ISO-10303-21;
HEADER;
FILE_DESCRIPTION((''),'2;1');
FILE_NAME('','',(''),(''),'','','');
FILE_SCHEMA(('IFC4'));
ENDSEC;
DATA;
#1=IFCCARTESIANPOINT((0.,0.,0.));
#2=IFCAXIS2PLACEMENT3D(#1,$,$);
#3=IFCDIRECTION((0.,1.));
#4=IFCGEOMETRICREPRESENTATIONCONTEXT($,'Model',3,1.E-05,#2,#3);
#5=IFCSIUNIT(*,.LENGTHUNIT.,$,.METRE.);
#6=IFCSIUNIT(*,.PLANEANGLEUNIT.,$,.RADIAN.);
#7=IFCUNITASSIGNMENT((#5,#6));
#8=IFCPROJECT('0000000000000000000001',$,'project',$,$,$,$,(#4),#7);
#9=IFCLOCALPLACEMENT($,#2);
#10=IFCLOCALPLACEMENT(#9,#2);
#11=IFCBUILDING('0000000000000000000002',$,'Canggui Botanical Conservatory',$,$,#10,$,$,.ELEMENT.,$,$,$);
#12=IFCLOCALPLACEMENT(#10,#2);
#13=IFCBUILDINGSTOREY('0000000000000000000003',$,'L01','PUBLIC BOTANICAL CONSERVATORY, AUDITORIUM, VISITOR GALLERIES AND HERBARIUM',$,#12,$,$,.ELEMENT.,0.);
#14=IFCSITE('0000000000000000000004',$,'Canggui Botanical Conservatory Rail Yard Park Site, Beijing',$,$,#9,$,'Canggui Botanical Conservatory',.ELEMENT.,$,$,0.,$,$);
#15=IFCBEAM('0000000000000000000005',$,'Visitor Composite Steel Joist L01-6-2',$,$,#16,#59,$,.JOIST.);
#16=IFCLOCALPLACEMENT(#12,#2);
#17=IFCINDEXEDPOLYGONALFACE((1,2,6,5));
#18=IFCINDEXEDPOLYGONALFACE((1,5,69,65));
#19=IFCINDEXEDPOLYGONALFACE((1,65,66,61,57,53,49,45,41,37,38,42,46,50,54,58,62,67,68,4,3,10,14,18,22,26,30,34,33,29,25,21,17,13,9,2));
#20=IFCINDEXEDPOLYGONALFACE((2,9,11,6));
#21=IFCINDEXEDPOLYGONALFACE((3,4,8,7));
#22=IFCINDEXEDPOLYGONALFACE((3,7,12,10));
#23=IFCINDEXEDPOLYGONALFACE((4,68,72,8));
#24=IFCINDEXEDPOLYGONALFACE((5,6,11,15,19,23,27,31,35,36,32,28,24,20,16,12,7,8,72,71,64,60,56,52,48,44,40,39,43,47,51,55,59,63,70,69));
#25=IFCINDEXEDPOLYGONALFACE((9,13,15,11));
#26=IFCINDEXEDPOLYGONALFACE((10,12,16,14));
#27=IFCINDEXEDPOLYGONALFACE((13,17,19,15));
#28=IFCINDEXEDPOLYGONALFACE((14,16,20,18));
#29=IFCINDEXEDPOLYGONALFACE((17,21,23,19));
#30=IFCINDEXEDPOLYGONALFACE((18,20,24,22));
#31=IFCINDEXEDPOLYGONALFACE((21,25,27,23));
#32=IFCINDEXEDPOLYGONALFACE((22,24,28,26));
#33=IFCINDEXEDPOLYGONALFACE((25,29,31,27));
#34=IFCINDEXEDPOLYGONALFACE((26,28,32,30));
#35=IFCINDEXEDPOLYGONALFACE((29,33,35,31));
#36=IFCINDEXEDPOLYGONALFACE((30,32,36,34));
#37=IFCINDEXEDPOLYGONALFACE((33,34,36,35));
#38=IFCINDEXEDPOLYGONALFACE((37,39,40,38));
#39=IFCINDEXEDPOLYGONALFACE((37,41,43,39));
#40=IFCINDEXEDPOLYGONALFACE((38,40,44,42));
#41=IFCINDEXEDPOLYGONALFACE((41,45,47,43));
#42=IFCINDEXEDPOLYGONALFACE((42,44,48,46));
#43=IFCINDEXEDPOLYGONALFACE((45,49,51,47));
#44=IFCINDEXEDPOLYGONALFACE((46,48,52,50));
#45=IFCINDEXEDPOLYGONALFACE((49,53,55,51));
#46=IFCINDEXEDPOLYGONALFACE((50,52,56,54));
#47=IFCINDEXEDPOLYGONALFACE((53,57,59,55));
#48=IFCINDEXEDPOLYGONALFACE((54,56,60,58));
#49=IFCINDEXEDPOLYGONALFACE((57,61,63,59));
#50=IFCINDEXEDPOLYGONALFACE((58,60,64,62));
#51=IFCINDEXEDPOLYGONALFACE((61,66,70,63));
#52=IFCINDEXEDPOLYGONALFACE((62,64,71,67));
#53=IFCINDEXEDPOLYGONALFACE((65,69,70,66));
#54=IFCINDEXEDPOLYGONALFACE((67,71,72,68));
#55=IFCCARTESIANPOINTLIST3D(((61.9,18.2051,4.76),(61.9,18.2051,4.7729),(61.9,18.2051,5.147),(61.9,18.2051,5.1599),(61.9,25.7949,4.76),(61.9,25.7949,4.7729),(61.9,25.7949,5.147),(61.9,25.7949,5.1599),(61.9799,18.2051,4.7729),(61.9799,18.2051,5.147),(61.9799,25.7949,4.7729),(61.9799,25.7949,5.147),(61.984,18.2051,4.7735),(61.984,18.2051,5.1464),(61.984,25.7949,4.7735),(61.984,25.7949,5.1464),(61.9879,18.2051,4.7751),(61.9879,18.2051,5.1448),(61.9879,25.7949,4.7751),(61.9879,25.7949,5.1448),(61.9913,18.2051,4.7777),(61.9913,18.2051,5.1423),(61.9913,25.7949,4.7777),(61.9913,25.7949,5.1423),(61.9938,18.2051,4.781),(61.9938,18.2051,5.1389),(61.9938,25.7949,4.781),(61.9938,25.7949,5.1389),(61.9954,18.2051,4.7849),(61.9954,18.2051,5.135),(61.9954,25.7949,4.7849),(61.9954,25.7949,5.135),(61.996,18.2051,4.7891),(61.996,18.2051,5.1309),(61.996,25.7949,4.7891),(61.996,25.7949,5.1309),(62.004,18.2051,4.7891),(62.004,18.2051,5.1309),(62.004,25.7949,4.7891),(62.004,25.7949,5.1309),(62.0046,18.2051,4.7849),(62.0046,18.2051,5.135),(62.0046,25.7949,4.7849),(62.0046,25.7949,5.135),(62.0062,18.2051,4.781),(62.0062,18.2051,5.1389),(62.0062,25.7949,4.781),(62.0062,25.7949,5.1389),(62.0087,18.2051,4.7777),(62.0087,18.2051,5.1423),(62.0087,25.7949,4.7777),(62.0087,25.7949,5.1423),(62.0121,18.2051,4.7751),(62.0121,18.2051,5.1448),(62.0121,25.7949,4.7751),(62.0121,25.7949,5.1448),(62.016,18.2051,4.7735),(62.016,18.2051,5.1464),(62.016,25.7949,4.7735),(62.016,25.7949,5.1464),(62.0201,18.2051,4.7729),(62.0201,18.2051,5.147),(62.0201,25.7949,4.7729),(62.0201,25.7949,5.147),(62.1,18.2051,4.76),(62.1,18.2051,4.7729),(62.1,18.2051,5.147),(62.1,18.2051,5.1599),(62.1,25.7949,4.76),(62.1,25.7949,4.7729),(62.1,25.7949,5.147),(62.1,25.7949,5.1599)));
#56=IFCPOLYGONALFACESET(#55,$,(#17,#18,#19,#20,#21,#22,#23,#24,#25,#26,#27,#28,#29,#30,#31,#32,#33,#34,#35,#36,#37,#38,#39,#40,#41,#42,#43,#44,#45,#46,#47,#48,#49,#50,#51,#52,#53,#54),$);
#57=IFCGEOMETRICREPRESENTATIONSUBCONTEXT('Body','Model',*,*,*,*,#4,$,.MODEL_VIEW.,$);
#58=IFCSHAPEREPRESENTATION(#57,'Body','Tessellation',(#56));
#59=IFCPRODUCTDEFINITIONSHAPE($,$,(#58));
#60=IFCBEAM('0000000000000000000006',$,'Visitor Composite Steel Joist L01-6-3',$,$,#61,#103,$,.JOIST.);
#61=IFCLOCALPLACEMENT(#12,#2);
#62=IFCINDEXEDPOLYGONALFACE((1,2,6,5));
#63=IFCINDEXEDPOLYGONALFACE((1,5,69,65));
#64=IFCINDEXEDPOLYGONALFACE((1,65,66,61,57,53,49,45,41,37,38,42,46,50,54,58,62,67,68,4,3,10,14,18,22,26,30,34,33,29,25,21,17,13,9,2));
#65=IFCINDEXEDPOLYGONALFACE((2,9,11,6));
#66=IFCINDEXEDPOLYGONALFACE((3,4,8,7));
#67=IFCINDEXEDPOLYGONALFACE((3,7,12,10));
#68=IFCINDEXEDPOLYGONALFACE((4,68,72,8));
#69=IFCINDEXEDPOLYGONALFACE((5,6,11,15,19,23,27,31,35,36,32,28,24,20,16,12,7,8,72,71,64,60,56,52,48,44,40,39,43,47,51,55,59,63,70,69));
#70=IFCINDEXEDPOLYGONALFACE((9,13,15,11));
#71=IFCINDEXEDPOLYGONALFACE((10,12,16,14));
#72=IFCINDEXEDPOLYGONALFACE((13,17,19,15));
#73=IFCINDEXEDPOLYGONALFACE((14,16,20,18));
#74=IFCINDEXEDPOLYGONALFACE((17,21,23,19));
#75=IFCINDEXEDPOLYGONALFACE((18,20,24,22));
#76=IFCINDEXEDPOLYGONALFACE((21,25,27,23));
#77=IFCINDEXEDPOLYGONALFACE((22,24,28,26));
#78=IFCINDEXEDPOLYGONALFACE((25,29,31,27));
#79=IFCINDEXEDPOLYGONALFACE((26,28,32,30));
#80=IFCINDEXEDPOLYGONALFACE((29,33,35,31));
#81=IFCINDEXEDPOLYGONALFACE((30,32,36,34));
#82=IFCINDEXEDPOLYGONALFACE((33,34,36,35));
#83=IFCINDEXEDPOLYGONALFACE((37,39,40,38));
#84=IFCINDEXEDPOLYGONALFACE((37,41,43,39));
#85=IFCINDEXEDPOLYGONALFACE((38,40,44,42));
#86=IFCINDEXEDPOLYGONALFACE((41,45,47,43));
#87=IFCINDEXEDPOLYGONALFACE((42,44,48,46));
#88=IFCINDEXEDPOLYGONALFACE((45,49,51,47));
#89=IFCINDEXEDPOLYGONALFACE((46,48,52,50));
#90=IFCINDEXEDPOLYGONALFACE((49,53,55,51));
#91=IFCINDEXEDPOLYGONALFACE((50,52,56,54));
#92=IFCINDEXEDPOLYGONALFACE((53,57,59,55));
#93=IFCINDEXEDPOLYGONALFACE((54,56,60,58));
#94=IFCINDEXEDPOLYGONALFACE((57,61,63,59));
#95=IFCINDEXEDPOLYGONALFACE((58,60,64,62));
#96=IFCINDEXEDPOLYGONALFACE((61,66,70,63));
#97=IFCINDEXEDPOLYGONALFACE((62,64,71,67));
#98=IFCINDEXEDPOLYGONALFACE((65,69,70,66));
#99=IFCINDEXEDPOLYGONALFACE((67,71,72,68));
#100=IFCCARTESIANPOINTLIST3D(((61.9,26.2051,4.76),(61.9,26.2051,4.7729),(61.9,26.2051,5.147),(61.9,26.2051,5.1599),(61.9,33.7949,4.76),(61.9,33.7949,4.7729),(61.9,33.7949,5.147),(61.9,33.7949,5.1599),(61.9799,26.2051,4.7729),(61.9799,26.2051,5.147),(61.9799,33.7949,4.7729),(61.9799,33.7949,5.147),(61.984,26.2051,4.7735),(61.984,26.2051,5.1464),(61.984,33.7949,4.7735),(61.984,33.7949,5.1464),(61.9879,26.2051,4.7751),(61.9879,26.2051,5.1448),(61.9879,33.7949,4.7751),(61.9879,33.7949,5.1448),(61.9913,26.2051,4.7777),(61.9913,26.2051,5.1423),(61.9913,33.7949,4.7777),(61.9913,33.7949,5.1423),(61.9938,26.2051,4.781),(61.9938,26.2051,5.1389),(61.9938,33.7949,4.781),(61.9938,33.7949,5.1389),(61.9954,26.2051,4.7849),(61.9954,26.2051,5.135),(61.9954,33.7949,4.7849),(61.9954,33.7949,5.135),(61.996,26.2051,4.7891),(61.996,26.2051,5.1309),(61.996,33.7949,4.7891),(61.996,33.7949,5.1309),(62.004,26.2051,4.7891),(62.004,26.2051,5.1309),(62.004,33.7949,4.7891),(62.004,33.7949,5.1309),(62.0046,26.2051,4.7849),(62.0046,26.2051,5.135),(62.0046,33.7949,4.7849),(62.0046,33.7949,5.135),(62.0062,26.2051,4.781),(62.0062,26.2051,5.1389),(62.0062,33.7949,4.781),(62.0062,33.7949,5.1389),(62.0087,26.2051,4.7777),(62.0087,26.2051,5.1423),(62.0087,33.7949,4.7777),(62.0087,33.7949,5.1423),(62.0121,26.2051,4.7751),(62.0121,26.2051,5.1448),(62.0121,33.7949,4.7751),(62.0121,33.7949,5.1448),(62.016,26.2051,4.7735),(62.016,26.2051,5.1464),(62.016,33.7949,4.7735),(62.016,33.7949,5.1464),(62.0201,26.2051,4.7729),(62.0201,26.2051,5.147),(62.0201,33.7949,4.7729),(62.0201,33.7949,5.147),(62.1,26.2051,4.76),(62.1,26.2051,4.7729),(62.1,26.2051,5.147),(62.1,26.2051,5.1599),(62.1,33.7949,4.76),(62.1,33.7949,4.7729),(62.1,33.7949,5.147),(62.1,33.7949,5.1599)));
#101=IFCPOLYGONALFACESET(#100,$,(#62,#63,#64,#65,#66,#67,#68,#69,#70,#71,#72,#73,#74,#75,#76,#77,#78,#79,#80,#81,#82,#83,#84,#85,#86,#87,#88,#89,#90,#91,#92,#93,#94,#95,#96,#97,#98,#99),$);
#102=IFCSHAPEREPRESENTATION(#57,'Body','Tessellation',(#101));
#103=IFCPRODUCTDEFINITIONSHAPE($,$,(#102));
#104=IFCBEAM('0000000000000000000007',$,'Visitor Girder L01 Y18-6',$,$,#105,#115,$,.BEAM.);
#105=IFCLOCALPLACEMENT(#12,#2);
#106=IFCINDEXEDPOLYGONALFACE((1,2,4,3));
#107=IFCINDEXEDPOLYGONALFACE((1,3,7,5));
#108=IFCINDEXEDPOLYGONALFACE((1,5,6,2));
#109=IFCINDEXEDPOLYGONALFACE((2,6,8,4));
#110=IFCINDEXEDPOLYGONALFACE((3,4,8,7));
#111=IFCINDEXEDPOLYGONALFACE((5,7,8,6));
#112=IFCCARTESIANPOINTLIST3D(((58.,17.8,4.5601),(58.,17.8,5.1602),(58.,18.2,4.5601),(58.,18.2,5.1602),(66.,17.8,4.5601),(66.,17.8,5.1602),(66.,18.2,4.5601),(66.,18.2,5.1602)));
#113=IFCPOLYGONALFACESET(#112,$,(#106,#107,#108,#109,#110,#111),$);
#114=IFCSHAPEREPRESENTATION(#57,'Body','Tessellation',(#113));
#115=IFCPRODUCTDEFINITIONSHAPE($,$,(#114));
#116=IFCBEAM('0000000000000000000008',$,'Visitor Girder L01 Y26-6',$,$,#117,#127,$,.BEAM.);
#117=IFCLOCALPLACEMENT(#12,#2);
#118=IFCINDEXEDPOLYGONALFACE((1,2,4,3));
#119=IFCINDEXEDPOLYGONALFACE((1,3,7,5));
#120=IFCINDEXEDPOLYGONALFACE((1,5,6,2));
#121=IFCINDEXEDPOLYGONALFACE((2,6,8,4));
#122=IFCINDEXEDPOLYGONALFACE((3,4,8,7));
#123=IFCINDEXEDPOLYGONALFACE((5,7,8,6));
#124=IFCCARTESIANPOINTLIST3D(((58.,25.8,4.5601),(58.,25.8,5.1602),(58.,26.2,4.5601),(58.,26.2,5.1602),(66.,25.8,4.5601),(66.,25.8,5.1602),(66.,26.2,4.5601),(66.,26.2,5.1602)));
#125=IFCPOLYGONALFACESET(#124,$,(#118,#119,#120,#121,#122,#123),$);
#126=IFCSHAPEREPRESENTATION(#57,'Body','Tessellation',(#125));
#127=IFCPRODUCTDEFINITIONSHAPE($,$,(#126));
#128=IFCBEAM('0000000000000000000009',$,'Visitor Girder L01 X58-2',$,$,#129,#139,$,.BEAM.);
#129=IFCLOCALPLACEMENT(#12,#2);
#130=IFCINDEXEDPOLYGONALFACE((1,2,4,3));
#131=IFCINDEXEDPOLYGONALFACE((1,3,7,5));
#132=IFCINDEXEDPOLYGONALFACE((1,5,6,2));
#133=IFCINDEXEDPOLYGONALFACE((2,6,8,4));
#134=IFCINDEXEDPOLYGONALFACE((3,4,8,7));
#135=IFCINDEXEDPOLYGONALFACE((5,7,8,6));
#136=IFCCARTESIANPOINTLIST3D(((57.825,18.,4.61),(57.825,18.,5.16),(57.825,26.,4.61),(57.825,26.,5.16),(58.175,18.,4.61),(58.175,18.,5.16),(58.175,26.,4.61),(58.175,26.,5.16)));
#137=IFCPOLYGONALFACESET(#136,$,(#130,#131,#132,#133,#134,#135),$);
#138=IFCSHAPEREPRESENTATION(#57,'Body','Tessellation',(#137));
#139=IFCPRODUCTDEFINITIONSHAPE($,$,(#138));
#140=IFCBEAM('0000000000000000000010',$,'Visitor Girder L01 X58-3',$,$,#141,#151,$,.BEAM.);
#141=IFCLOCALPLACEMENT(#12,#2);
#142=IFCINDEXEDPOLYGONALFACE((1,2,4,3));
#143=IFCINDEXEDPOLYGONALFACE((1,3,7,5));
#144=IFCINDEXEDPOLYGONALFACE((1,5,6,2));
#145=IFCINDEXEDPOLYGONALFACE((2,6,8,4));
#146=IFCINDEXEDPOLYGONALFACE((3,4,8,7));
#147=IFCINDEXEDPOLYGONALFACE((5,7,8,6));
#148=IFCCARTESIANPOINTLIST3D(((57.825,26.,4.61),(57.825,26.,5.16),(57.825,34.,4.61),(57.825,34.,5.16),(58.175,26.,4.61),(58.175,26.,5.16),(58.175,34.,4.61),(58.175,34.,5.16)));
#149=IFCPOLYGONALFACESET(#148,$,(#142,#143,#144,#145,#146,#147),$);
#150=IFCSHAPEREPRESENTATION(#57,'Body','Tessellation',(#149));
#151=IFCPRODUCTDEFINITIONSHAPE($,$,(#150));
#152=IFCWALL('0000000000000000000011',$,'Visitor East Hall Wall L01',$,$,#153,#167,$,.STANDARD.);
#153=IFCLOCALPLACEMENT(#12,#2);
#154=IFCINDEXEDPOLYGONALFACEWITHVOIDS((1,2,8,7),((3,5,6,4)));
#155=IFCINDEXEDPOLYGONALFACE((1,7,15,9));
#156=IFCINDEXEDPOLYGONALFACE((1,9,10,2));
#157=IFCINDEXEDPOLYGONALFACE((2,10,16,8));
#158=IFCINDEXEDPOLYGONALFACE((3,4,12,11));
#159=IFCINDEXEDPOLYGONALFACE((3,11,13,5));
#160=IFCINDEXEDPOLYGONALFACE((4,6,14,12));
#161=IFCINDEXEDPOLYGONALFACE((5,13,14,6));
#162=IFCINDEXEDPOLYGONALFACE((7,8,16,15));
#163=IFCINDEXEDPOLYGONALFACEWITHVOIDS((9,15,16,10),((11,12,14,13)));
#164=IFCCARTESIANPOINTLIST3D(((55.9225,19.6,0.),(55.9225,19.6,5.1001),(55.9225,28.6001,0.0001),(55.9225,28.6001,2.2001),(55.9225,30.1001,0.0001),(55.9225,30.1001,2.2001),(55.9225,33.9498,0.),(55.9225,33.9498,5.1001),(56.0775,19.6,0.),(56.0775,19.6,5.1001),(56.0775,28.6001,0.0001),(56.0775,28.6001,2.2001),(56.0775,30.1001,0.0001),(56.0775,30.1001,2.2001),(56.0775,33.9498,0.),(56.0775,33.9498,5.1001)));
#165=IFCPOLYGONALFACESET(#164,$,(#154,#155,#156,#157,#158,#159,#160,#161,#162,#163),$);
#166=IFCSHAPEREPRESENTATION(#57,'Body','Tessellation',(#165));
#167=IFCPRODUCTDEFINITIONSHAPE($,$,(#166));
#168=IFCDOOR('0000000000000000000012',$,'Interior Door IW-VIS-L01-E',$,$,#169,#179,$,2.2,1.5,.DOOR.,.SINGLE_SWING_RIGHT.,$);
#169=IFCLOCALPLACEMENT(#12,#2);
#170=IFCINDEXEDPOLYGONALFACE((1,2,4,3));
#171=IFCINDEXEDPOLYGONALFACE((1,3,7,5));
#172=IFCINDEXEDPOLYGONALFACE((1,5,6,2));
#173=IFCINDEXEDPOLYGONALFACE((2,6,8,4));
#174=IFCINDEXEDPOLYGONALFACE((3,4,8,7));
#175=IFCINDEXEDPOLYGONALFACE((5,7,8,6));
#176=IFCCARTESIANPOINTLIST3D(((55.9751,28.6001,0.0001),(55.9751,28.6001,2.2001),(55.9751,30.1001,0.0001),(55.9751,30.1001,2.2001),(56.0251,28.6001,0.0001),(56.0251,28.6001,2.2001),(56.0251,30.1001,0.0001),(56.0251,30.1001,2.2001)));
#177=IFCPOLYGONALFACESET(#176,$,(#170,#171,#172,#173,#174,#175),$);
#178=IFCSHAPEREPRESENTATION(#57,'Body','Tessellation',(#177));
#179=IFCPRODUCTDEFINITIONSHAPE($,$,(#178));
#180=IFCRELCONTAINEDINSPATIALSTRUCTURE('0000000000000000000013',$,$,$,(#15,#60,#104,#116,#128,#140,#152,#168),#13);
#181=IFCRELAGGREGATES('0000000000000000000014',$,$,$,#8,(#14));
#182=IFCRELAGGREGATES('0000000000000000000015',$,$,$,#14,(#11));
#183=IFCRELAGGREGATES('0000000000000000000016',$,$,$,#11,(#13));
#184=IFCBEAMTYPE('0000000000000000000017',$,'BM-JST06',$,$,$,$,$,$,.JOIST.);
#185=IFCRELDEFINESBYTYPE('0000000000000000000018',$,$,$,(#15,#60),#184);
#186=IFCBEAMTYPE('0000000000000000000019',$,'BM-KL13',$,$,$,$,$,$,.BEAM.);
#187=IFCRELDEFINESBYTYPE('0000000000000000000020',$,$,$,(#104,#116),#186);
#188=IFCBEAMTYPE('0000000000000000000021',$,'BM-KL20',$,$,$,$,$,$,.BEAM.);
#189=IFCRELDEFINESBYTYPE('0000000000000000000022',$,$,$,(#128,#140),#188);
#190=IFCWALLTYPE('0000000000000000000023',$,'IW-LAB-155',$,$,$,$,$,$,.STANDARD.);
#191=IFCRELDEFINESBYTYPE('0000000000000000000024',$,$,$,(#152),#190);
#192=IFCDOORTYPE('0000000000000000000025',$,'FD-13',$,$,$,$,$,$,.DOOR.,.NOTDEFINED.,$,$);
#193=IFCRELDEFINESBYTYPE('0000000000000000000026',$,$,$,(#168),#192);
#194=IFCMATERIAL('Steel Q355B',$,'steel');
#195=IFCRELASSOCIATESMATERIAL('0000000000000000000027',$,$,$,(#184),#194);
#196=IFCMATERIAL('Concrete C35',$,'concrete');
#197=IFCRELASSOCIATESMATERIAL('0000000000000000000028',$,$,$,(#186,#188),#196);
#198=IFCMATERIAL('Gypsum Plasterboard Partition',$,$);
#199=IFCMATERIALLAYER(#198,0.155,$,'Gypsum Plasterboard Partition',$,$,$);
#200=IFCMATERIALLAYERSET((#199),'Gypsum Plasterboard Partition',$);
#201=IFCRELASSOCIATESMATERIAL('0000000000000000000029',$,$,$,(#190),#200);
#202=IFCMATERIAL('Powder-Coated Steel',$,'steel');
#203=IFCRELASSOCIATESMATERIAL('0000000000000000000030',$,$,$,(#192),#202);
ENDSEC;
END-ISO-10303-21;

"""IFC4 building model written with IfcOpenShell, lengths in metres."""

from ifc_helpers import new_model, si_unit, direction, frame, frame_2d, origin, origin_2d, place, context, subcontext, project, spatial, rectangle, i_section, extrude, material, layer, layer_set, material_profile, profile_set, type_object, element, fill, save


model = new_model("IFC4")

# Units and contexts
model_context = context("Model", 3, precision=1e-05, world=origin(), true_north=direction((0.0, 1.0)))
body_context = subcontext(model_context, "Body", "Model", "MODEL_VIEW")
ifc_project = project(units=[si_unit("LENGTHUNIT", "METRE"), si_unit("PLANEANGLEUNIT", "RADIAN")], contexts=[model_context])

# Site, building, storey
site_placement = place(None, origin())
site = spatial("IfcSite", under=ifc_project, at=site_placement, Name="Canggui Botanical Conservatory Rail Yard Park Site, Beijing", LongName="Canggui Botanical Conservatory", CompositionType="ELEMENT", RefElevation=0.0)
building_placement = place(site_placement, origin())
building = spatial("IfcBuilding", under=site, at=building_placement, Name="Canggui Botanical Conservatory", CompositionType="ELEMENT")
storey_placement = place(building_placement, origin())
storey = spatial("IfcBuildingStorey", under=building, at=storey_placement, Name="L01", Description="PUBLIC BOTANICAL CONSERVATORY, AUDITORIUM, VISITOR GALLERIES AND HERBARIUM", CompositionType="ELEMENT", Elevation=0.0)

# Shared definitions
ifc_material_1 = material(Name="Concrete C35", Category="concrete")

# Beams
ifc_material_2 = material(Name="Steel Q355B", Category="steel")
ifc_material_profile_1 = material_profile(ifc_material_2, i_section(OverallWidth=0.2, OverallDepth=0.3999, WebThickness=0.0081, FlangeThickness=0.0129, FilletRadius=0.0161, at=origin_2d()), Name="HN 400x200x8x13")
ifc_profile_set_1 = profile_set([ifc_material_profile_1], Name="Steel Q355B")
beam_type_1 = type_object("IfcBeamType", Name="BM-JST06", PredefinedType="JOIST", material=ifc_profile_set_1)
for number, where, z_axis, x_axis, name in (
    (1, (62.0, 18.2051, 4.96), (0.0, 1.0, 0.0), (-1.0, 0.0, 0.0), "Visitor Composite Steel Joist L01-6-2"),
    (2, (62.0, 26.2051, 4.96), (0.0, 1.0, 0.0), (-1.0, 0.0, 0.0), "Visitor Composite Steel Joist L01-6-3"),
):
    element("IfcBeam", number, at=place(storey_placement, frame(where, z_axis=z_axis, x_axis=x_axis)), inside=storey, type_object=beam_type_1, Name=name, PredefinedType="JOIST", context=body_context, shape_type="SweptSolid", body=[
        extrude(i_section(OverallWidth=0.2, OverallDepth=0.3999, WebThickness=0.0081, FlangeThickness=0.0129, FilletRadius=0.0161, at=origin_2d()), origin(), (0.0, 0.0, 1.0), 7.5898),
    ])
ifc_material_profile_2 = material_profile(ifc_material_1, rectangle(XDim=0.3999, YDim=0.6001, at=origin_2d()), Name="RB 400x600")
ifc_profile_set_2 = profile_set([ifc_material_profile_2], Name="Concrete C35")
beam_type_2 = type_object("IfcBeamType", Name="BM-KL13", PredefinedType="BEAM", material=ifc_profile_set_2)
for number, where, z_axis, x_axis, name in (
    (3, (58.0, 18.0, 4.8601), (1.0, 0.0, 0.0), (0.0, 1.0, 0.0), "Visitor Girder L01 Y18-6"),
    (4, (58.0, 26.0, 4.8601), (1.0, 0.0, 0.0), (0.0, 1.0, 0.0), "Visitor Girder L01 Y26-6"),
):
    element("IfcBeam", number, at=place(storey_placement, frame(where, z_axis=z_axis, x_axis=x_axis)), inside=storey, type_object=beam_type_2, Name=name, PredefinedType="BEAM", context=body_context, shape_type="SweptSolid", body=[
        extrude(rectangle(XDim=0.3999, YDim=0.6001, at=origin_2d()), origin(), (0.0, 0.0, 1.0), 8.0),
    ])
ifc_material_profile_3 = material_profile(ifc_material_1, rectangle(XDim=0.3501, YDim=0.55, at=origin_2d()), Name="RB 350x550")
ifc_profile_set_3 = profile_set([ifc_material_profile_3], Name="Concrete C35")
beam_type_3 = type_object("IfcBeamType", Name="BM-KL20", PredefinedType="BEAM", material=ifc_profile_set_3)
for number, where, z_axis, x_axis, name in (
    (5, (58.0, 18.0, 4.885), (0.0, 1.0, 0.0), (-1.0, 0.0, 0.0), "Visitor Girder L01 X58-2"),
    (6, (58.0, 26.0, 4.885), (0.0, 1.0, 0.0), (-1.0, 0.0, 0.0), "Visitor Girder L01 X58-3"),
):
    element("IfcBeam", number, at=place(storey_placement, frame(where, z_axis=z_axis, x_axis=x_axis)), inside=storey, type_object=beam_type_3, Name=name, PredefinedType="BEAM", context=body_context, shape_type="SweptSolid", body=[
        extrude(rectangle(XDim=0.3501, YDim=0.55, at=origin_2d()), origin(), (0.0, 0.0, 1.0), 8.0),
    ])

# Wall, opening, door
ifc_material_3 = material(Name="Gypsum Plasterboard Partition")
ifc_layer = layer(ifc_material_3, 0.155, Name="Gypsum Plasterboard Partition")
ifc_layer_set = layer_set([ifc_layer], Name="Gypsum Plasterboard Partition")
wall_type = type_object("IfcWallType", Name="IW-LAB-155", PredefinedType="STANDARD", material=ifc_layer_set)
wall_placement = place(storey_placement, frame((56.0, 19.6001, 0.0), z_axis=(0.0, 0.0, 1.0), x_axis=(0.0, 1.0, 0.0)))
wall = element("IfcWall", 7, at=wall_placement, inside=storey, type_object=wall_type, Name="Visitor East Hall Wall L01", PredefinedType="STANDARD", context=body_context, shape_type="SweptSolid", body=[
    extrude(rectangle(XDim=14.3499, YDim=0.155, at=frame_2d((7.1748, 0.0))), origin(), (0.0, 0.0, 1.0), 5.1001),
])
opening_placement = place(wall_placement, frame((9.0, 0.0, 0.0)))
opening = element("IfcOpeningElement", 8, at=opening_placement, cuts=wall, PredefinedType="OPENING", context=body_context, shape_type="SweptSolid", body=[
    extrude(rectangle(XDim=1.5, YDim=2.2, at=frame_2d((0.75, 1.1001))), frame((0.0, 0.0874, 0.0), z_axis=(0.0, -1.0, 0.0), x_axis=(1.0, 0.0, 0.0)), (0.0, 0.0, 1.0), 0.175),
])
ifc_material_4 = material(Name="Powder-Coated Steel", Category="steel")
door_type = type_object("IfcDoorType", Name="FD-13", OperationType="NOTDEFINED", PredefinedType="DOOR", material=ifc_material_4)
door_placement = place(opening_placement, origin())
door = element("IfcDoor", 9, at=door_placement, inside=storey, type_object=door_type, Name="Interior Door IW-VIS-L01-E", OperationType="SINGLE_SWING_RIGHT", OverallHeight=2.2, OverallWidth=1.5, PredefinedType="DOOR", context=body_context, shape_type="SweptSolid", body=[
    extrude(rectangle(XDim=1.5, YDim=2.2, at=frame_2d((0.75, 1.1001))), frame((0.0, 0.0249, 0.0), z_axis=(0.0, -1.0, 0.0), x_axis=(1.0, 0.0, 0.0)), (0.0, 0.0, 1.0), 0.05),
])
fill(opening, door)

save(model, "model.ifc")
